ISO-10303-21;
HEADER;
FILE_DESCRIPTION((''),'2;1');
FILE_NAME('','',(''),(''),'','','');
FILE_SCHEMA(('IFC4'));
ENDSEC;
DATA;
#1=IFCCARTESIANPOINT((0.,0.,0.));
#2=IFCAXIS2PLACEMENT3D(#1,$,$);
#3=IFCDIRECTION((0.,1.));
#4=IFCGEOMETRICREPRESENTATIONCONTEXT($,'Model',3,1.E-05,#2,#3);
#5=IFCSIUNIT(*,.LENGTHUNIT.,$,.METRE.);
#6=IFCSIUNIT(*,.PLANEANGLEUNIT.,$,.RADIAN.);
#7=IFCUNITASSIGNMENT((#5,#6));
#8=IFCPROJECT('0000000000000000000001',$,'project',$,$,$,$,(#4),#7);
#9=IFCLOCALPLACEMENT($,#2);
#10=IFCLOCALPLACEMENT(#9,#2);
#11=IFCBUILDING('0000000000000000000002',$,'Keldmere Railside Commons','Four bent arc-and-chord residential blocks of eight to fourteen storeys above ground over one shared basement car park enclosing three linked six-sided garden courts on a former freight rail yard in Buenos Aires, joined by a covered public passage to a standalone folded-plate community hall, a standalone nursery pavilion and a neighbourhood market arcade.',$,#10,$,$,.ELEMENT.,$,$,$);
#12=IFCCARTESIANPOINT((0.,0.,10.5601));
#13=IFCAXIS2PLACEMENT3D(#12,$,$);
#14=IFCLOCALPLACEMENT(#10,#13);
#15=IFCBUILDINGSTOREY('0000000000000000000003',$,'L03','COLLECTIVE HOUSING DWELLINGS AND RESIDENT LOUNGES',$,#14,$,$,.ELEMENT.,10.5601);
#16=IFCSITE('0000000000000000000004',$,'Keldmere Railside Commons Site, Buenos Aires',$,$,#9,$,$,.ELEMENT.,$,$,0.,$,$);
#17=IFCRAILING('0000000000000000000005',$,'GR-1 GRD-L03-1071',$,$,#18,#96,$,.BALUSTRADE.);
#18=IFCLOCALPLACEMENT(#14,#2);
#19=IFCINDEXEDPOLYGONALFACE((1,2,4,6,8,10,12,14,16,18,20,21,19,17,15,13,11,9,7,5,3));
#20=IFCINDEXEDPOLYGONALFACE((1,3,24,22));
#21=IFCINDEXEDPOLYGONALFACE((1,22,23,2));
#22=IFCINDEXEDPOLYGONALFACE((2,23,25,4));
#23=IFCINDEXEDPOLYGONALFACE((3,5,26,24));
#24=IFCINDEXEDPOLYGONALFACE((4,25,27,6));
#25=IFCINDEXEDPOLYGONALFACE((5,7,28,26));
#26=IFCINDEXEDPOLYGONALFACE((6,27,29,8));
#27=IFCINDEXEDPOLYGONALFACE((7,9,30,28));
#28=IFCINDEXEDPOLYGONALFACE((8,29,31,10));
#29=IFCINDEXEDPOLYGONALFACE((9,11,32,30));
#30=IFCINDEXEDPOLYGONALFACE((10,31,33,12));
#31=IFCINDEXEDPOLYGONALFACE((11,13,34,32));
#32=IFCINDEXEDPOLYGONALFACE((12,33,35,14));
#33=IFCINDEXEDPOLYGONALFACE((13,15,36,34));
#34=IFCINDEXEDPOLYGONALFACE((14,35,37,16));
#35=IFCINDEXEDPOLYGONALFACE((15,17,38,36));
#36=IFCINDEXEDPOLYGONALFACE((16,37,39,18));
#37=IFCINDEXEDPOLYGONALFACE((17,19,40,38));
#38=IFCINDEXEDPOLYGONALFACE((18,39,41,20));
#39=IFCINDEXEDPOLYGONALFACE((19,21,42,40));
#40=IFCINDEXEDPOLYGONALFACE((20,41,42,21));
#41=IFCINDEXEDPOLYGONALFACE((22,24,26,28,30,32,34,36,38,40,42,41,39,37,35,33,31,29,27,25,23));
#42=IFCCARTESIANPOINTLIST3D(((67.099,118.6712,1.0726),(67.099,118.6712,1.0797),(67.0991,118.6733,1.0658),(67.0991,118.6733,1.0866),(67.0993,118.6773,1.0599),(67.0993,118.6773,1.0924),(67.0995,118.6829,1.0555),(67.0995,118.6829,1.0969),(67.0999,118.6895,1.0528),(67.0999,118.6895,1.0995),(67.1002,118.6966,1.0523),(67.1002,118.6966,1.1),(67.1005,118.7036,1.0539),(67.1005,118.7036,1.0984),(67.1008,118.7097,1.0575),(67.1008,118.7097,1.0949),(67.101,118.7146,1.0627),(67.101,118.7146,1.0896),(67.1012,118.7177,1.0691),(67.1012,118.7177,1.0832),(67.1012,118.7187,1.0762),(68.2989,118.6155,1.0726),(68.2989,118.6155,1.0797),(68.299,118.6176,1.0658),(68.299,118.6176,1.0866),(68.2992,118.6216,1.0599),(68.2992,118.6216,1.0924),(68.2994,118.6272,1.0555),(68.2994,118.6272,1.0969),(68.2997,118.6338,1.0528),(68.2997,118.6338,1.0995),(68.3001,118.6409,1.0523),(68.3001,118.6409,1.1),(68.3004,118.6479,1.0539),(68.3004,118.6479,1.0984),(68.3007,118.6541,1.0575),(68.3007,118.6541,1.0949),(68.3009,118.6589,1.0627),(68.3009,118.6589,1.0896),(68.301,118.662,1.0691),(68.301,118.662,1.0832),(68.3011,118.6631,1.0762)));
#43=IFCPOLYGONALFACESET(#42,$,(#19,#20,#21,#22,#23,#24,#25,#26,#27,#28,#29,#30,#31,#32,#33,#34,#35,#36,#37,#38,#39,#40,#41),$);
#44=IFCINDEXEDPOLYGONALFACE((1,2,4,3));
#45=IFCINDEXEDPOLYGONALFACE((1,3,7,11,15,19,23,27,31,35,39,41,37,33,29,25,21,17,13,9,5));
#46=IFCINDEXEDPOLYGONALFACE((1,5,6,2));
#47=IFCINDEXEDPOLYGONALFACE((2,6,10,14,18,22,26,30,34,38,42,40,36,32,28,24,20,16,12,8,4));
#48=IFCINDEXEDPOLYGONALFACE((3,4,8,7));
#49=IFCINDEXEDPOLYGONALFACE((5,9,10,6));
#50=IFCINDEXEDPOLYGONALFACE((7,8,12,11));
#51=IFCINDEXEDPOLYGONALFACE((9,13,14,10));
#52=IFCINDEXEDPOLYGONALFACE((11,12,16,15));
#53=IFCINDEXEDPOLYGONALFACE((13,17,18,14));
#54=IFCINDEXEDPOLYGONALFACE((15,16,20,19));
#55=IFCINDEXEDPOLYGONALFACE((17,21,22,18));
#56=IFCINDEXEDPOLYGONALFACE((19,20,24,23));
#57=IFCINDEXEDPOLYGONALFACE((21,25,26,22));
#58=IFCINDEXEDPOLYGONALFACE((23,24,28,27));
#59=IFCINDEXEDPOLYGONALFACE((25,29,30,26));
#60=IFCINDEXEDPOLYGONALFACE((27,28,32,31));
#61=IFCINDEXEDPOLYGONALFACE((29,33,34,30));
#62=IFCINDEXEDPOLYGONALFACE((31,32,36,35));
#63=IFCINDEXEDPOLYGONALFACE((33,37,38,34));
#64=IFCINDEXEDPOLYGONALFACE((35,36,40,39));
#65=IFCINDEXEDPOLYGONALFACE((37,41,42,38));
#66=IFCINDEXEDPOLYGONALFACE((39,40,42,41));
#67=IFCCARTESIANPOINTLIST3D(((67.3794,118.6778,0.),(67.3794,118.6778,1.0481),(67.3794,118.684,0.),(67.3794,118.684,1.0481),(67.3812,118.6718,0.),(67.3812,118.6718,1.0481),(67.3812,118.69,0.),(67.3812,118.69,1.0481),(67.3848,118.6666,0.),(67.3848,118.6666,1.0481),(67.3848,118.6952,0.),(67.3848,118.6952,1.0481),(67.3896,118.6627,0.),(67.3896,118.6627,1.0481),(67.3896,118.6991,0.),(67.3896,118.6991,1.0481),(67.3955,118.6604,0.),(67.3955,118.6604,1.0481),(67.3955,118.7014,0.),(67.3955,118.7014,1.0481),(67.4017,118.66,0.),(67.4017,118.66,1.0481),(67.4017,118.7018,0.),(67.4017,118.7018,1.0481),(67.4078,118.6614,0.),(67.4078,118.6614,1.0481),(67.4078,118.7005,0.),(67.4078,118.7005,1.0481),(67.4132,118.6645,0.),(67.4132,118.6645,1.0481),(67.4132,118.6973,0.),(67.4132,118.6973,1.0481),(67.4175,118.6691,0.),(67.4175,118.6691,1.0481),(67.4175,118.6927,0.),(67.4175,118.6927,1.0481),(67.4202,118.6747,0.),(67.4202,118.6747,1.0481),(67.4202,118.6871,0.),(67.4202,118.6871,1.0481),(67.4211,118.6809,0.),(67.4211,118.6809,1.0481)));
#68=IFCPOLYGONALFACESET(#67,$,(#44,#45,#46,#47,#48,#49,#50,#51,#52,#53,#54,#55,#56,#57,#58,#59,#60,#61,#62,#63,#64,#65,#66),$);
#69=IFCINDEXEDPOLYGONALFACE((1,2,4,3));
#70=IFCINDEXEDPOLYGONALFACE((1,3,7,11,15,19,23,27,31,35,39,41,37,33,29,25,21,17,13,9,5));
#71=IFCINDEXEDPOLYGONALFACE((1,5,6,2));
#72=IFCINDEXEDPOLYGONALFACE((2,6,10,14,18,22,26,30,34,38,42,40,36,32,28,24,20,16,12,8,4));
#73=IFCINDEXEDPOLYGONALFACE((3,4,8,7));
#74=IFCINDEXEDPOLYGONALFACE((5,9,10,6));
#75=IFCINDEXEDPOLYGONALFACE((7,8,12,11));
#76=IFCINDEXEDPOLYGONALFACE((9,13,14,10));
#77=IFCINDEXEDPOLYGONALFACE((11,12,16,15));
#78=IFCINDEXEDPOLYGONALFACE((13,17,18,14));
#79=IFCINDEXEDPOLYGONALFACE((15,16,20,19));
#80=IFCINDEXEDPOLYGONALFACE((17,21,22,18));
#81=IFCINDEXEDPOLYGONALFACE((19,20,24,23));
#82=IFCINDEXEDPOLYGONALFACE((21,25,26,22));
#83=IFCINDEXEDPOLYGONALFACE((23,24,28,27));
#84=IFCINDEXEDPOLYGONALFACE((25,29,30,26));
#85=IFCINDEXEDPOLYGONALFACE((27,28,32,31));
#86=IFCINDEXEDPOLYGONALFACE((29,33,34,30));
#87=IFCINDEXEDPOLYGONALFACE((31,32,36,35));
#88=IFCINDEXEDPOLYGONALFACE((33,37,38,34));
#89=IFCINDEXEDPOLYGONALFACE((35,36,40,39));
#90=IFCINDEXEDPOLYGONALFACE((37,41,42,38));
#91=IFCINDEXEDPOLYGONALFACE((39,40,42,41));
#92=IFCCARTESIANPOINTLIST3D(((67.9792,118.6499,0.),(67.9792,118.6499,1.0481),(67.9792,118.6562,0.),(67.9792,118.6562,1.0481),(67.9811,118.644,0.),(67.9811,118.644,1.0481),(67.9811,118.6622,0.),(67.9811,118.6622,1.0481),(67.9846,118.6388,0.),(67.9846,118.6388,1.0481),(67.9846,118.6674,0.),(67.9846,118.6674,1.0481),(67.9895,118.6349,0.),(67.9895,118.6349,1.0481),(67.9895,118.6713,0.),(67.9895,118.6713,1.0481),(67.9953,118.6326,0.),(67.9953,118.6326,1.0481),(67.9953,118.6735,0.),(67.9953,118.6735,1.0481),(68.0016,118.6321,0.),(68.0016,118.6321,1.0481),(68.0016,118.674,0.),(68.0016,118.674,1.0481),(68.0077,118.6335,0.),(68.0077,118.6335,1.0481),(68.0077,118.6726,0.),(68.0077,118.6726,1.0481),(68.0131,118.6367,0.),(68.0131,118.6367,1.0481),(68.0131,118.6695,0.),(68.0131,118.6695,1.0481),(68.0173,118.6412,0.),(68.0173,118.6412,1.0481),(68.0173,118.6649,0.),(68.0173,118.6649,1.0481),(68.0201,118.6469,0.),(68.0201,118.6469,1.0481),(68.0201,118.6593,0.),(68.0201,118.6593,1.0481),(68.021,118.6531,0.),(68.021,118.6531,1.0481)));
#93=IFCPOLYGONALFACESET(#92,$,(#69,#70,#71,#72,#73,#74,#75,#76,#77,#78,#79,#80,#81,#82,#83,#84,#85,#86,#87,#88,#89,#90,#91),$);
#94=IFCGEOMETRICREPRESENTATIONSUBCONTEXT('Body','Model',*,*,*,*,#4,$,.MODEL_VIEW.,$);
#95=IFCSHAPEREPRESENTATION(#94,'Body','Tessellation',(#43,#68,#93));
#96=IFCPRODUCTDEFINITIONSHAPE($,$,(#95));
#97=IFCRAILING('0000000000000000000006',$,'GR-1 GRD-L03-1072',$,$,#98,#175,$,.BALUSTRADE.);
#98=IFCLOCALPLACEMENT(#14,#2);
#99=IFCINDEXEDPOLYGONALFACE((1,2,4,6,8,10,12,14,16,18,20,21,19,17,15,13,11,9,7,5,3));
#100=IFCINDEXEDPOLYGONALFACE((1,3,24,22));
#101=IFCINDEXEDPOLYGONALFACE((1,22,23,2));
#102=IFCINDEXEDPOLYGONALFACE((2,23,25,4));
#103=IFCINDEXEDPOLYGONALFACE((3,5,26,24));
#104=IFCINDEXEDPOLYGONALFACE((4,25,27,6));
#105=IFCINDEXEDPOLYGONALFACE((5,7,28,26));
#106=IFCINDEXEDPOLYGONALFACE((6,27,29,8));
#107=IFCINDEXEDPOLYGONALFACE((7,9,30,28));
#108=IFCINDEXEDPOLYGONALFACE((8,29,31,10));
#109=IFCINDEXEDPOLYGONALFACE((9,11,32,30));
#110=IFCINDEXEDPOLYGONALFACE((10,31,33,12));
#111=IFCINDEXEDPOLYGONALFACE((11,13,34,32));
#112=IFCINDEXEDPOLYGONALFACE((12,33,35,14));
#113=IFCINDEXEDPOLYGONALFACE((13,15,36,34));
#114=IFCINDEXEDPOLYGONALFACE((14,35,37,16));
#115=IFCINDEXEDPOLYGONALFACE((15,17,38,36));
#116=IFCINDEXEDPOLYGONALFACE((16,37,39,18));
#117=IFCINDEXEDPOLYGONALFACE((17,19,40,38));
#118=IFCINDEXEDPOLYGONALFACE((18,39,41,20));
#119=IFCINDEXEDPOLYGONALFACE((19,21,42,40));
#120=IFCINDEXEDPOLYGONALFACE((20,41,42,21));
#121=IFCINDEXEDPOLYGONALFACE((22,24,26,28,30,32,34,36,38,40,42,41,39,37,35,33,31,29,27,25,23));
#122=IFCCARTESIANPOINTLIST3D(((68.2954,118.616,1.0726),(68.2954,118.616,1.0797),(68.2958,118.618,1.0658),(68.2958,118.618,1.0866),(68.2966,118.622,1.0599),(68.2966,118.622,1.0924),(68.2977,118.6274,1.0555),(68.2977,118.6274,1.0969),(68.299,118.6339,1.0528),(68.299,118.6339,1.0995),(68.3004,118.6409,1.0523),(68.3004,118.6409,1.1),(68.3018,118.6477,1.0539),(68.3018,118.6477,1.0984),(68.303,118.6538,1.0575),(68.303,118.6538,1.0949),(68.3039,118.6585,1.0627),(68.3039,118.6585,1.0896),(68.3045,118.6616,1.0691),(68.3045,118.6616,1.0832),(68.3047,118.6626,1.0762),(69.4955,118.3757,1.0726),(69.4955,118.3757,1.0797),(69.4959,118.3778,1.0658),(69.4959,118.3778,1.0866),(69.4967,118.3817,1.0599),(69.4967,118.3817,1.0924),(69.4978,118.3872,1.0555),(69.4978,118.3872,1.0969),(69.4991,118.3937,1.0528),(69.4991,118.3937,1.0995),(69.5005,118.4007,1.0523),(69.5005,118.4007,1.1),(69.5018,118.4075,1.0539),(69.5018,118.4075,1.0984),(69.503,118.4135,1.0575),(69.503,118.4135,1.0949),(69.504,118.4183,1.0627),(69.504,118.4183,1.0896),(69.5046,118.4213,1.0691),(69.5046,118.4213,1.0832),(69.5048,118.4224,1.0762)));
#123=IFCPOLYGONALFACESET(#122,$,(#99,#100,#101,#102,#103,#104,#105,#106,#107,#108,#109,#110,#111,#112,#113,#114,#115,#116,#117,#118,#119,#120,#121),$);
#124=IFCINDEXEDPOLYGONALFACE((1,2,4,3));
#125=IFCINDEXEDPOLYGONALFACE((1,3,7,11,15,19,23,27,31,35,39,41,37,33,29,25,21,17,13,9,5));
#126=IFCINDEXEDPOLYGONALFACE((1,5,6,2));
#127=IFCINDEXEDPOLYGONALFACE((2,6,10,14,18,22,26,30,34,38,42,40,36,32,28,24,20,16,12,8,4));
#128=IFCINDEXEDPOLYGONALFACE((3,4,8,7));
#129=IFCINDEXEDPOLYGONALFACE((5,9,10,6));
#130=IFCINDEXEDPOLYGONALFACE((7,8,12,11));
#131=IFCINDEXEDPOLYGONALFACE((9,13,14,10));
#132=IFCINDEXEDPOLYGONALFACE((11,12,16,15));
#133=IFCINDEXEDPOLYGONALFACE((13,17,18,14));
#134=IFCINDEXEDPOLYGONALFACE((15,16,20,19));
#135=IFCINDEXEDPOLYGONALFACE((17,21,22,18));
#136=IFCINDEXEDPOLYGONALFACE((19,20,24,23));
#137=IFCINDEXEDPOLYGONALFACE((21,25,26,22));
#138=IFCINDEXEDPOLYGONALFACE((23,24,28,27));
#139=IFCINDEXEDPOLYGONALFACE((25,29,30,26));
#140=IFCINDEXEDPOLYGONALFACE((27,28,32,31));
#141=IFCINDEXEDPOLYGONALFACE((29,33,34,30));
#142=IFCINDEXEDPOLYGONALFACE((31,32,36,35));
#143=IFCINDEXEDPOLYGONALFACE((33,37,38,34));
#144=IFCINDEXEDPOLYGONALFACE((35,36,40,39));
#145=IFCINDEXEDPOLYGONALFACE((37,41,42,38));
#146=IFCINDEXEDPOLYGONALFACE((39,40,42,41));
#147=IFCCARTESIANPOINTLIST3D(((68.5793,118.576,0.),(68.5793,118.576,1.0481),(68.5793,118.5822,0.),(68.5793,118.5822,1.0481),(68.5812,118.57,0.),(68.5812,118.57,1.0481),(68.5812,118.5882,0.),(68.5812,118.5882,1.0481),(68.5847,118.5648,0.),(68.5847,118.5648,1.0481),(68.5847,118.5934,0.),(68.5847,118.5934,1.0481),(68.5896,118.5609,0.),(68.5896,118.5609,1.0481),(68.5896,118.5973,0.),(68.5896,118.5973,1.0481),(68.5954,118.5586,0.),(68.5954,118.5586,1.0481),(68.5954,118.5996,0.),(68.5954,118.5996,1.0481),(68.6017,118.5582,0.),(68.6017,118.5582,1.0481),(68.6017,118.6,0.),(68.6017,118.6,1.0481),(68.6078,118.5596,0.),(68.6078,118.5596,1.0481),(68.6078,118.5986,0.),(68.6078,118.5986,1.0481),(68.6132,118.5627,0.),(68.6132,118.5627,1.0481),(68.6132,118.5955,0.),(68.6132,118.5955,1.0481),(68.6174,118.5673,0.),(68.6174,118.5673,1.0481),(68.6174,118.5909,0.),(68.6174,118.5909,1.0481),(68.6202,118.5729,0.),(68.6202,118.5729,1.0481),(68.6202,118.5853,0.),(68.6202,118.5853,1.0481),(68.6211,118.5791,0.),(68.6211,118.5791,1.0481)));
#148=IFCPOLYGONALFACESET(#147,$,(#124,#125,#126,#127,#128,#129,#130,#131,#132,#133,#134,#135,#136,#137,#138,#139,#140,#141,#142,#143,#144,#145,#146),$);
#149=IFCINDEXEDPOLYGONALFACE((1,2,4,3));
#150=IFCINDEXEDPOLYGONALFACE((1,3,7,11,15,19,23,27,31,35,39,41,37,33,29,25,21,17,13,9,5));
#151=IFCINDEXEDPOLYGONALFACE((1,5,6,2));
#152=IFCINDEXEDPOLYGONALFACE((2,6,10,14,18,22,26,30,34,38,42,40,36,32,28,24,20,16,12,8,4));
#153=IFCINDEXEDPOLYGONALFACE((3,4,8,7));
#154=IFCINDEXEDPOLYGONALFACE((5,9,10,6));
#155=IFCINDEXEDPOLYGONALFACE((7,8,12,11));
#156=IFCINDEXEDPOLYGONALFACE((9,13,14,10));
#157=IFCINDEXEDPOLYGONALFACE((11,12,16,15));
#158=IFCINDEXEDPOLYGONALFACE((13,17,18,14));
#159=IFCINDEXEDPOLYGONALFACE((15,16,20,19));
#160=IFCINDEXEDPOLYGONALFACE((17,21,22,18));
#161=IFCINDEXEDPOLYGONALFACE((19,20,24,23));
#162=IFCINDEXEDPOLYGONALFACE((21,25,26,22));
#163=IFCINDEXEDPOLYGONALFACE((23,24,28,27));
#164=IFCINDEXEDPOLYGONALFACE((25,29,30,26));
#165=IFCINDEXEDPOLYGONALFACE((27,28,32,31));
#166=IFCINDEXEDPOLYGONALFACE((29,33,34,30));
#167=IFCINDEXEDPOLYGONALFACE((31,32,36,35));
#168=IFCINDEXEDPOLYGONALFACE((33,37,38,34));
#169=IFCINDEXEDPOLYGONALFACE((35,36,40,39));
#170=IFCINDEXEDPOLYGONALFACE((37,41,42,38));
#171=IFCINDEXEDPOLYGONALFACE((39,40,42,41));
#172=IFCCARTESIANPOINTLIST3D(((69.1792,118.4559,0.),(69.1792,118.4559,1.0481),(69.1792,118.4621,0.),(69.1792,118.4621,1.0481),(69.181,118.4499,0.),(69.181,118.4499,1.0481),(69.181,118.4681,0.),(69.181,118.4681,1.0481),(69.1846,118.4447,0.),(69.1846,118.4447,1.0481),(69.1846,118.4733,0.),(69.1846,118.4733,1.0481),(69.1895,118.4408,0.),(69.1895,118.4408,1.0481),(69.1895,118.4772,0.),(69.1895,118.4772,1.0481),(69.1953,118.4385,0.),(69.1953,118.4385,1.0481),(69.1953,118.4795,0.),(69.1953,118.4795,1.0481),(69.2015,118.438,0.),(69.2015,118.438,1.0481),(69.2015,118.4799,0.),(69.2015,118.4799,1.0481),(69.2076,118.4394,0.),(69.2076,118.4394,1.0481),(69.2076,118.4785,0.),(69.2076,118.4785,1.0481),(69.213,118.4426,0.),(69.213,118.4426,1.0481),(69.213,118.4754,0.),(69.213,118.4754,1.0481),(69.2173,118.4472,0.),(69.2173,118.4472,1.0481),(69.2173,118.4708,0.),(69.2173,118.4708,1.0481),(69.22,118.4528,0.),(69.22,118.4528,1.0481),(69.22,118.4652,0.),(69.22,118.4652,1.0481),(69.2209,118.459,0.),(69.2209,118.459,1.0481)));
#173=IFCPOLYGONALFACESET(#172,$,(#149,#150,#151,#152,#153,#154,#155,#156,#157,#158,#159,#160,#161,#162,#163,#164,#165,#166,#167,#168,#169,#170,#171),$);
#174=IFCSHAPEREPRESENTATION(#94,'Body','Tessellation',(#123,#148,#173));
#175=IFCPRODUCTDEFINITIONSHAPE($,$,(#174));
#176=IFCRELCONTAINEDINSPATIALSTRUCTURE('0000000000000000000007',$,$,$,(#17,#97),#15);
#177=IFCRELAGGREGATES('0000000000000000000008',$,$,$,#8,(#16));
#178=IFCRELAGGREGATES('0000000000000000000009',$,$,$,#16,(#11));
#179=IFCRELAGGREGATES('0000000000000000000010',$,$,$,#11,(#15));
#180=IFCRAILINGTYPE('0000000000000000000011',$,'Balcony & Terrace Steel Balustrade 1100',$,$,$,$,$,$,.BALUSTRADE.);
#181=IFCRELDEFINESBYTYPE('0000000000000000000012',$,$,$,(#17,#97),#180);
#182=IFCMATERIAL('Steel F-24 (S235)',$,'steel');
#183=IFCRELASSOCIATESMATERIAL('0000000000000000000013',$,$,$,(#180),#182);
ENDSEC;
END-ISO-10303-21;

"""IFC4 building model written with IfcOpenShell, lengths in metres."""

from ifc_helpers import new_model, si_unit, direction, frame, origin, origin_2d, place, context, subcontext, project, spatial, circle, extrude, material, type_object, element, save


model = new_model("IFC4")

# Units and contexts
model_context = context("Model", 3, precision=1e-05, world=origin(), true_north=direction((0.0, 1.0)))
body_context = subcontext(model_context, "Body", "Model", "MODEL_VIEW")
ifc_project = project(units=[si_unit("LENGTHUNIT", "METRE"), si_unit("PLANEANGLEUNIT", "RADIAN")], contexts=[model_context])

# Site, building, storey
site_placement = place(None, origin())
site = spatial("IfcSite", under=ifc_project, at=site_placement, Name="Keldmere Railside Commons Site, Buenos Aires", CompositionType="ELEMENT", RefElevation=0.0)
building_placement = place(site_placement, origin())
building = spatial("IfcBuilding", under=site, at=building_placement, Name="Keldmere Railside Commons", Description="Four bent arc-and-chord residential blocks of eight to fourteen storeys above ground over one shared basement car park enclosing three linked six-sided garden courts on a former freight rail yard in Buenos Aires, joined by a covered public passage to a standalone folded-plate community hall, a standalone nursery pavilion and a neighbourhood market arcade.", CompositionType="ELEMENT")
storey_placement = place(building_placement, frame((0.0, 0.0, 10.5601)))
storey = spatial("IfcBuildingStorey", under=building, at=storey_placement, Name="L03", Description="COLLECTIVE HOUSING DWELLINGS AND RESIDENT LOUNGES", CompositionType="ELEMENT", Elevation=10.5601)

# Railings
ifc_material_1 = material(Name="Steel F-24 (S235)", Category="steel")
railing_type = type_object("IfcRailingType", Name="Balcony & Terrace Steel Balustrade 1100", PredefinedType="BALUSTRADE", material=ifc_material_1)
railing_1_placement = place(storey_placement, frame((67.1001, 118.6948, 0.0)))
element("IfcRailing", 1, at=railing_1_placement, inside=storey, type_object=railing_type, Name="GR-1 GRD-L03-1071", PredefinedType="BALUSTRADE", context=body_context, shape_type="SweptSolid", body=[
    extrude(circle(Radius=0.0239, at=origin_2d()), frame((0.0, 0.0, 1.0762), z_axis=(0.998926, -0.046339, 0.0), x_axis=(0.046339, 0.998926, 0.0)), (0.0, 0.0, 1.0), 1.2012),
    extrude(circle(Radius=0.021, at=origin_2d()), frame((0.3, -0.0139, 0.0)), (0.0, 0.0, 1.0), 1.0481),
    extrude(circle(Radius=0.021, at=origin_2d()), frame((0.8999, -0.0417, 0.0)), (0.0, 0.0, 1.0), 1.0481),
])
railing_2_placement = place(storey_placement, frame((68.3, 118.6392, 0.0)))
element("IfcRailing", 2, at=railing_2_placement, inside=storey, type_object=railing_type, Name="GR-1 GRD-L03-1072", PredefinedType="BALUSTRADE", context=body_context, shape_type="SweptSolid", body=[
    extrude(circle(Radius=0.0239, at=origin_2d()), frame((0.0, 0.0, 1.0762), z_axis=(0.980542, -0.196308, 0.0), x_axis=(0.196308, 0.980542, 0.0)), (0.0, 0.0, 1.0), 1.2239),
    extrude(circle(Radius=0.021, at=origin_2d()), frame((0.3, -0.0601, 0.0)), (0.0, 0.0, 1.0), 1.0481),
    extrude(circle(Radius=0.021, at=origin_2d()), frame((0.8999, -0.1802, 0.0)), (0.0, 0.0, 1.0), 1.0481),
])

save(model, "model.ifc")
